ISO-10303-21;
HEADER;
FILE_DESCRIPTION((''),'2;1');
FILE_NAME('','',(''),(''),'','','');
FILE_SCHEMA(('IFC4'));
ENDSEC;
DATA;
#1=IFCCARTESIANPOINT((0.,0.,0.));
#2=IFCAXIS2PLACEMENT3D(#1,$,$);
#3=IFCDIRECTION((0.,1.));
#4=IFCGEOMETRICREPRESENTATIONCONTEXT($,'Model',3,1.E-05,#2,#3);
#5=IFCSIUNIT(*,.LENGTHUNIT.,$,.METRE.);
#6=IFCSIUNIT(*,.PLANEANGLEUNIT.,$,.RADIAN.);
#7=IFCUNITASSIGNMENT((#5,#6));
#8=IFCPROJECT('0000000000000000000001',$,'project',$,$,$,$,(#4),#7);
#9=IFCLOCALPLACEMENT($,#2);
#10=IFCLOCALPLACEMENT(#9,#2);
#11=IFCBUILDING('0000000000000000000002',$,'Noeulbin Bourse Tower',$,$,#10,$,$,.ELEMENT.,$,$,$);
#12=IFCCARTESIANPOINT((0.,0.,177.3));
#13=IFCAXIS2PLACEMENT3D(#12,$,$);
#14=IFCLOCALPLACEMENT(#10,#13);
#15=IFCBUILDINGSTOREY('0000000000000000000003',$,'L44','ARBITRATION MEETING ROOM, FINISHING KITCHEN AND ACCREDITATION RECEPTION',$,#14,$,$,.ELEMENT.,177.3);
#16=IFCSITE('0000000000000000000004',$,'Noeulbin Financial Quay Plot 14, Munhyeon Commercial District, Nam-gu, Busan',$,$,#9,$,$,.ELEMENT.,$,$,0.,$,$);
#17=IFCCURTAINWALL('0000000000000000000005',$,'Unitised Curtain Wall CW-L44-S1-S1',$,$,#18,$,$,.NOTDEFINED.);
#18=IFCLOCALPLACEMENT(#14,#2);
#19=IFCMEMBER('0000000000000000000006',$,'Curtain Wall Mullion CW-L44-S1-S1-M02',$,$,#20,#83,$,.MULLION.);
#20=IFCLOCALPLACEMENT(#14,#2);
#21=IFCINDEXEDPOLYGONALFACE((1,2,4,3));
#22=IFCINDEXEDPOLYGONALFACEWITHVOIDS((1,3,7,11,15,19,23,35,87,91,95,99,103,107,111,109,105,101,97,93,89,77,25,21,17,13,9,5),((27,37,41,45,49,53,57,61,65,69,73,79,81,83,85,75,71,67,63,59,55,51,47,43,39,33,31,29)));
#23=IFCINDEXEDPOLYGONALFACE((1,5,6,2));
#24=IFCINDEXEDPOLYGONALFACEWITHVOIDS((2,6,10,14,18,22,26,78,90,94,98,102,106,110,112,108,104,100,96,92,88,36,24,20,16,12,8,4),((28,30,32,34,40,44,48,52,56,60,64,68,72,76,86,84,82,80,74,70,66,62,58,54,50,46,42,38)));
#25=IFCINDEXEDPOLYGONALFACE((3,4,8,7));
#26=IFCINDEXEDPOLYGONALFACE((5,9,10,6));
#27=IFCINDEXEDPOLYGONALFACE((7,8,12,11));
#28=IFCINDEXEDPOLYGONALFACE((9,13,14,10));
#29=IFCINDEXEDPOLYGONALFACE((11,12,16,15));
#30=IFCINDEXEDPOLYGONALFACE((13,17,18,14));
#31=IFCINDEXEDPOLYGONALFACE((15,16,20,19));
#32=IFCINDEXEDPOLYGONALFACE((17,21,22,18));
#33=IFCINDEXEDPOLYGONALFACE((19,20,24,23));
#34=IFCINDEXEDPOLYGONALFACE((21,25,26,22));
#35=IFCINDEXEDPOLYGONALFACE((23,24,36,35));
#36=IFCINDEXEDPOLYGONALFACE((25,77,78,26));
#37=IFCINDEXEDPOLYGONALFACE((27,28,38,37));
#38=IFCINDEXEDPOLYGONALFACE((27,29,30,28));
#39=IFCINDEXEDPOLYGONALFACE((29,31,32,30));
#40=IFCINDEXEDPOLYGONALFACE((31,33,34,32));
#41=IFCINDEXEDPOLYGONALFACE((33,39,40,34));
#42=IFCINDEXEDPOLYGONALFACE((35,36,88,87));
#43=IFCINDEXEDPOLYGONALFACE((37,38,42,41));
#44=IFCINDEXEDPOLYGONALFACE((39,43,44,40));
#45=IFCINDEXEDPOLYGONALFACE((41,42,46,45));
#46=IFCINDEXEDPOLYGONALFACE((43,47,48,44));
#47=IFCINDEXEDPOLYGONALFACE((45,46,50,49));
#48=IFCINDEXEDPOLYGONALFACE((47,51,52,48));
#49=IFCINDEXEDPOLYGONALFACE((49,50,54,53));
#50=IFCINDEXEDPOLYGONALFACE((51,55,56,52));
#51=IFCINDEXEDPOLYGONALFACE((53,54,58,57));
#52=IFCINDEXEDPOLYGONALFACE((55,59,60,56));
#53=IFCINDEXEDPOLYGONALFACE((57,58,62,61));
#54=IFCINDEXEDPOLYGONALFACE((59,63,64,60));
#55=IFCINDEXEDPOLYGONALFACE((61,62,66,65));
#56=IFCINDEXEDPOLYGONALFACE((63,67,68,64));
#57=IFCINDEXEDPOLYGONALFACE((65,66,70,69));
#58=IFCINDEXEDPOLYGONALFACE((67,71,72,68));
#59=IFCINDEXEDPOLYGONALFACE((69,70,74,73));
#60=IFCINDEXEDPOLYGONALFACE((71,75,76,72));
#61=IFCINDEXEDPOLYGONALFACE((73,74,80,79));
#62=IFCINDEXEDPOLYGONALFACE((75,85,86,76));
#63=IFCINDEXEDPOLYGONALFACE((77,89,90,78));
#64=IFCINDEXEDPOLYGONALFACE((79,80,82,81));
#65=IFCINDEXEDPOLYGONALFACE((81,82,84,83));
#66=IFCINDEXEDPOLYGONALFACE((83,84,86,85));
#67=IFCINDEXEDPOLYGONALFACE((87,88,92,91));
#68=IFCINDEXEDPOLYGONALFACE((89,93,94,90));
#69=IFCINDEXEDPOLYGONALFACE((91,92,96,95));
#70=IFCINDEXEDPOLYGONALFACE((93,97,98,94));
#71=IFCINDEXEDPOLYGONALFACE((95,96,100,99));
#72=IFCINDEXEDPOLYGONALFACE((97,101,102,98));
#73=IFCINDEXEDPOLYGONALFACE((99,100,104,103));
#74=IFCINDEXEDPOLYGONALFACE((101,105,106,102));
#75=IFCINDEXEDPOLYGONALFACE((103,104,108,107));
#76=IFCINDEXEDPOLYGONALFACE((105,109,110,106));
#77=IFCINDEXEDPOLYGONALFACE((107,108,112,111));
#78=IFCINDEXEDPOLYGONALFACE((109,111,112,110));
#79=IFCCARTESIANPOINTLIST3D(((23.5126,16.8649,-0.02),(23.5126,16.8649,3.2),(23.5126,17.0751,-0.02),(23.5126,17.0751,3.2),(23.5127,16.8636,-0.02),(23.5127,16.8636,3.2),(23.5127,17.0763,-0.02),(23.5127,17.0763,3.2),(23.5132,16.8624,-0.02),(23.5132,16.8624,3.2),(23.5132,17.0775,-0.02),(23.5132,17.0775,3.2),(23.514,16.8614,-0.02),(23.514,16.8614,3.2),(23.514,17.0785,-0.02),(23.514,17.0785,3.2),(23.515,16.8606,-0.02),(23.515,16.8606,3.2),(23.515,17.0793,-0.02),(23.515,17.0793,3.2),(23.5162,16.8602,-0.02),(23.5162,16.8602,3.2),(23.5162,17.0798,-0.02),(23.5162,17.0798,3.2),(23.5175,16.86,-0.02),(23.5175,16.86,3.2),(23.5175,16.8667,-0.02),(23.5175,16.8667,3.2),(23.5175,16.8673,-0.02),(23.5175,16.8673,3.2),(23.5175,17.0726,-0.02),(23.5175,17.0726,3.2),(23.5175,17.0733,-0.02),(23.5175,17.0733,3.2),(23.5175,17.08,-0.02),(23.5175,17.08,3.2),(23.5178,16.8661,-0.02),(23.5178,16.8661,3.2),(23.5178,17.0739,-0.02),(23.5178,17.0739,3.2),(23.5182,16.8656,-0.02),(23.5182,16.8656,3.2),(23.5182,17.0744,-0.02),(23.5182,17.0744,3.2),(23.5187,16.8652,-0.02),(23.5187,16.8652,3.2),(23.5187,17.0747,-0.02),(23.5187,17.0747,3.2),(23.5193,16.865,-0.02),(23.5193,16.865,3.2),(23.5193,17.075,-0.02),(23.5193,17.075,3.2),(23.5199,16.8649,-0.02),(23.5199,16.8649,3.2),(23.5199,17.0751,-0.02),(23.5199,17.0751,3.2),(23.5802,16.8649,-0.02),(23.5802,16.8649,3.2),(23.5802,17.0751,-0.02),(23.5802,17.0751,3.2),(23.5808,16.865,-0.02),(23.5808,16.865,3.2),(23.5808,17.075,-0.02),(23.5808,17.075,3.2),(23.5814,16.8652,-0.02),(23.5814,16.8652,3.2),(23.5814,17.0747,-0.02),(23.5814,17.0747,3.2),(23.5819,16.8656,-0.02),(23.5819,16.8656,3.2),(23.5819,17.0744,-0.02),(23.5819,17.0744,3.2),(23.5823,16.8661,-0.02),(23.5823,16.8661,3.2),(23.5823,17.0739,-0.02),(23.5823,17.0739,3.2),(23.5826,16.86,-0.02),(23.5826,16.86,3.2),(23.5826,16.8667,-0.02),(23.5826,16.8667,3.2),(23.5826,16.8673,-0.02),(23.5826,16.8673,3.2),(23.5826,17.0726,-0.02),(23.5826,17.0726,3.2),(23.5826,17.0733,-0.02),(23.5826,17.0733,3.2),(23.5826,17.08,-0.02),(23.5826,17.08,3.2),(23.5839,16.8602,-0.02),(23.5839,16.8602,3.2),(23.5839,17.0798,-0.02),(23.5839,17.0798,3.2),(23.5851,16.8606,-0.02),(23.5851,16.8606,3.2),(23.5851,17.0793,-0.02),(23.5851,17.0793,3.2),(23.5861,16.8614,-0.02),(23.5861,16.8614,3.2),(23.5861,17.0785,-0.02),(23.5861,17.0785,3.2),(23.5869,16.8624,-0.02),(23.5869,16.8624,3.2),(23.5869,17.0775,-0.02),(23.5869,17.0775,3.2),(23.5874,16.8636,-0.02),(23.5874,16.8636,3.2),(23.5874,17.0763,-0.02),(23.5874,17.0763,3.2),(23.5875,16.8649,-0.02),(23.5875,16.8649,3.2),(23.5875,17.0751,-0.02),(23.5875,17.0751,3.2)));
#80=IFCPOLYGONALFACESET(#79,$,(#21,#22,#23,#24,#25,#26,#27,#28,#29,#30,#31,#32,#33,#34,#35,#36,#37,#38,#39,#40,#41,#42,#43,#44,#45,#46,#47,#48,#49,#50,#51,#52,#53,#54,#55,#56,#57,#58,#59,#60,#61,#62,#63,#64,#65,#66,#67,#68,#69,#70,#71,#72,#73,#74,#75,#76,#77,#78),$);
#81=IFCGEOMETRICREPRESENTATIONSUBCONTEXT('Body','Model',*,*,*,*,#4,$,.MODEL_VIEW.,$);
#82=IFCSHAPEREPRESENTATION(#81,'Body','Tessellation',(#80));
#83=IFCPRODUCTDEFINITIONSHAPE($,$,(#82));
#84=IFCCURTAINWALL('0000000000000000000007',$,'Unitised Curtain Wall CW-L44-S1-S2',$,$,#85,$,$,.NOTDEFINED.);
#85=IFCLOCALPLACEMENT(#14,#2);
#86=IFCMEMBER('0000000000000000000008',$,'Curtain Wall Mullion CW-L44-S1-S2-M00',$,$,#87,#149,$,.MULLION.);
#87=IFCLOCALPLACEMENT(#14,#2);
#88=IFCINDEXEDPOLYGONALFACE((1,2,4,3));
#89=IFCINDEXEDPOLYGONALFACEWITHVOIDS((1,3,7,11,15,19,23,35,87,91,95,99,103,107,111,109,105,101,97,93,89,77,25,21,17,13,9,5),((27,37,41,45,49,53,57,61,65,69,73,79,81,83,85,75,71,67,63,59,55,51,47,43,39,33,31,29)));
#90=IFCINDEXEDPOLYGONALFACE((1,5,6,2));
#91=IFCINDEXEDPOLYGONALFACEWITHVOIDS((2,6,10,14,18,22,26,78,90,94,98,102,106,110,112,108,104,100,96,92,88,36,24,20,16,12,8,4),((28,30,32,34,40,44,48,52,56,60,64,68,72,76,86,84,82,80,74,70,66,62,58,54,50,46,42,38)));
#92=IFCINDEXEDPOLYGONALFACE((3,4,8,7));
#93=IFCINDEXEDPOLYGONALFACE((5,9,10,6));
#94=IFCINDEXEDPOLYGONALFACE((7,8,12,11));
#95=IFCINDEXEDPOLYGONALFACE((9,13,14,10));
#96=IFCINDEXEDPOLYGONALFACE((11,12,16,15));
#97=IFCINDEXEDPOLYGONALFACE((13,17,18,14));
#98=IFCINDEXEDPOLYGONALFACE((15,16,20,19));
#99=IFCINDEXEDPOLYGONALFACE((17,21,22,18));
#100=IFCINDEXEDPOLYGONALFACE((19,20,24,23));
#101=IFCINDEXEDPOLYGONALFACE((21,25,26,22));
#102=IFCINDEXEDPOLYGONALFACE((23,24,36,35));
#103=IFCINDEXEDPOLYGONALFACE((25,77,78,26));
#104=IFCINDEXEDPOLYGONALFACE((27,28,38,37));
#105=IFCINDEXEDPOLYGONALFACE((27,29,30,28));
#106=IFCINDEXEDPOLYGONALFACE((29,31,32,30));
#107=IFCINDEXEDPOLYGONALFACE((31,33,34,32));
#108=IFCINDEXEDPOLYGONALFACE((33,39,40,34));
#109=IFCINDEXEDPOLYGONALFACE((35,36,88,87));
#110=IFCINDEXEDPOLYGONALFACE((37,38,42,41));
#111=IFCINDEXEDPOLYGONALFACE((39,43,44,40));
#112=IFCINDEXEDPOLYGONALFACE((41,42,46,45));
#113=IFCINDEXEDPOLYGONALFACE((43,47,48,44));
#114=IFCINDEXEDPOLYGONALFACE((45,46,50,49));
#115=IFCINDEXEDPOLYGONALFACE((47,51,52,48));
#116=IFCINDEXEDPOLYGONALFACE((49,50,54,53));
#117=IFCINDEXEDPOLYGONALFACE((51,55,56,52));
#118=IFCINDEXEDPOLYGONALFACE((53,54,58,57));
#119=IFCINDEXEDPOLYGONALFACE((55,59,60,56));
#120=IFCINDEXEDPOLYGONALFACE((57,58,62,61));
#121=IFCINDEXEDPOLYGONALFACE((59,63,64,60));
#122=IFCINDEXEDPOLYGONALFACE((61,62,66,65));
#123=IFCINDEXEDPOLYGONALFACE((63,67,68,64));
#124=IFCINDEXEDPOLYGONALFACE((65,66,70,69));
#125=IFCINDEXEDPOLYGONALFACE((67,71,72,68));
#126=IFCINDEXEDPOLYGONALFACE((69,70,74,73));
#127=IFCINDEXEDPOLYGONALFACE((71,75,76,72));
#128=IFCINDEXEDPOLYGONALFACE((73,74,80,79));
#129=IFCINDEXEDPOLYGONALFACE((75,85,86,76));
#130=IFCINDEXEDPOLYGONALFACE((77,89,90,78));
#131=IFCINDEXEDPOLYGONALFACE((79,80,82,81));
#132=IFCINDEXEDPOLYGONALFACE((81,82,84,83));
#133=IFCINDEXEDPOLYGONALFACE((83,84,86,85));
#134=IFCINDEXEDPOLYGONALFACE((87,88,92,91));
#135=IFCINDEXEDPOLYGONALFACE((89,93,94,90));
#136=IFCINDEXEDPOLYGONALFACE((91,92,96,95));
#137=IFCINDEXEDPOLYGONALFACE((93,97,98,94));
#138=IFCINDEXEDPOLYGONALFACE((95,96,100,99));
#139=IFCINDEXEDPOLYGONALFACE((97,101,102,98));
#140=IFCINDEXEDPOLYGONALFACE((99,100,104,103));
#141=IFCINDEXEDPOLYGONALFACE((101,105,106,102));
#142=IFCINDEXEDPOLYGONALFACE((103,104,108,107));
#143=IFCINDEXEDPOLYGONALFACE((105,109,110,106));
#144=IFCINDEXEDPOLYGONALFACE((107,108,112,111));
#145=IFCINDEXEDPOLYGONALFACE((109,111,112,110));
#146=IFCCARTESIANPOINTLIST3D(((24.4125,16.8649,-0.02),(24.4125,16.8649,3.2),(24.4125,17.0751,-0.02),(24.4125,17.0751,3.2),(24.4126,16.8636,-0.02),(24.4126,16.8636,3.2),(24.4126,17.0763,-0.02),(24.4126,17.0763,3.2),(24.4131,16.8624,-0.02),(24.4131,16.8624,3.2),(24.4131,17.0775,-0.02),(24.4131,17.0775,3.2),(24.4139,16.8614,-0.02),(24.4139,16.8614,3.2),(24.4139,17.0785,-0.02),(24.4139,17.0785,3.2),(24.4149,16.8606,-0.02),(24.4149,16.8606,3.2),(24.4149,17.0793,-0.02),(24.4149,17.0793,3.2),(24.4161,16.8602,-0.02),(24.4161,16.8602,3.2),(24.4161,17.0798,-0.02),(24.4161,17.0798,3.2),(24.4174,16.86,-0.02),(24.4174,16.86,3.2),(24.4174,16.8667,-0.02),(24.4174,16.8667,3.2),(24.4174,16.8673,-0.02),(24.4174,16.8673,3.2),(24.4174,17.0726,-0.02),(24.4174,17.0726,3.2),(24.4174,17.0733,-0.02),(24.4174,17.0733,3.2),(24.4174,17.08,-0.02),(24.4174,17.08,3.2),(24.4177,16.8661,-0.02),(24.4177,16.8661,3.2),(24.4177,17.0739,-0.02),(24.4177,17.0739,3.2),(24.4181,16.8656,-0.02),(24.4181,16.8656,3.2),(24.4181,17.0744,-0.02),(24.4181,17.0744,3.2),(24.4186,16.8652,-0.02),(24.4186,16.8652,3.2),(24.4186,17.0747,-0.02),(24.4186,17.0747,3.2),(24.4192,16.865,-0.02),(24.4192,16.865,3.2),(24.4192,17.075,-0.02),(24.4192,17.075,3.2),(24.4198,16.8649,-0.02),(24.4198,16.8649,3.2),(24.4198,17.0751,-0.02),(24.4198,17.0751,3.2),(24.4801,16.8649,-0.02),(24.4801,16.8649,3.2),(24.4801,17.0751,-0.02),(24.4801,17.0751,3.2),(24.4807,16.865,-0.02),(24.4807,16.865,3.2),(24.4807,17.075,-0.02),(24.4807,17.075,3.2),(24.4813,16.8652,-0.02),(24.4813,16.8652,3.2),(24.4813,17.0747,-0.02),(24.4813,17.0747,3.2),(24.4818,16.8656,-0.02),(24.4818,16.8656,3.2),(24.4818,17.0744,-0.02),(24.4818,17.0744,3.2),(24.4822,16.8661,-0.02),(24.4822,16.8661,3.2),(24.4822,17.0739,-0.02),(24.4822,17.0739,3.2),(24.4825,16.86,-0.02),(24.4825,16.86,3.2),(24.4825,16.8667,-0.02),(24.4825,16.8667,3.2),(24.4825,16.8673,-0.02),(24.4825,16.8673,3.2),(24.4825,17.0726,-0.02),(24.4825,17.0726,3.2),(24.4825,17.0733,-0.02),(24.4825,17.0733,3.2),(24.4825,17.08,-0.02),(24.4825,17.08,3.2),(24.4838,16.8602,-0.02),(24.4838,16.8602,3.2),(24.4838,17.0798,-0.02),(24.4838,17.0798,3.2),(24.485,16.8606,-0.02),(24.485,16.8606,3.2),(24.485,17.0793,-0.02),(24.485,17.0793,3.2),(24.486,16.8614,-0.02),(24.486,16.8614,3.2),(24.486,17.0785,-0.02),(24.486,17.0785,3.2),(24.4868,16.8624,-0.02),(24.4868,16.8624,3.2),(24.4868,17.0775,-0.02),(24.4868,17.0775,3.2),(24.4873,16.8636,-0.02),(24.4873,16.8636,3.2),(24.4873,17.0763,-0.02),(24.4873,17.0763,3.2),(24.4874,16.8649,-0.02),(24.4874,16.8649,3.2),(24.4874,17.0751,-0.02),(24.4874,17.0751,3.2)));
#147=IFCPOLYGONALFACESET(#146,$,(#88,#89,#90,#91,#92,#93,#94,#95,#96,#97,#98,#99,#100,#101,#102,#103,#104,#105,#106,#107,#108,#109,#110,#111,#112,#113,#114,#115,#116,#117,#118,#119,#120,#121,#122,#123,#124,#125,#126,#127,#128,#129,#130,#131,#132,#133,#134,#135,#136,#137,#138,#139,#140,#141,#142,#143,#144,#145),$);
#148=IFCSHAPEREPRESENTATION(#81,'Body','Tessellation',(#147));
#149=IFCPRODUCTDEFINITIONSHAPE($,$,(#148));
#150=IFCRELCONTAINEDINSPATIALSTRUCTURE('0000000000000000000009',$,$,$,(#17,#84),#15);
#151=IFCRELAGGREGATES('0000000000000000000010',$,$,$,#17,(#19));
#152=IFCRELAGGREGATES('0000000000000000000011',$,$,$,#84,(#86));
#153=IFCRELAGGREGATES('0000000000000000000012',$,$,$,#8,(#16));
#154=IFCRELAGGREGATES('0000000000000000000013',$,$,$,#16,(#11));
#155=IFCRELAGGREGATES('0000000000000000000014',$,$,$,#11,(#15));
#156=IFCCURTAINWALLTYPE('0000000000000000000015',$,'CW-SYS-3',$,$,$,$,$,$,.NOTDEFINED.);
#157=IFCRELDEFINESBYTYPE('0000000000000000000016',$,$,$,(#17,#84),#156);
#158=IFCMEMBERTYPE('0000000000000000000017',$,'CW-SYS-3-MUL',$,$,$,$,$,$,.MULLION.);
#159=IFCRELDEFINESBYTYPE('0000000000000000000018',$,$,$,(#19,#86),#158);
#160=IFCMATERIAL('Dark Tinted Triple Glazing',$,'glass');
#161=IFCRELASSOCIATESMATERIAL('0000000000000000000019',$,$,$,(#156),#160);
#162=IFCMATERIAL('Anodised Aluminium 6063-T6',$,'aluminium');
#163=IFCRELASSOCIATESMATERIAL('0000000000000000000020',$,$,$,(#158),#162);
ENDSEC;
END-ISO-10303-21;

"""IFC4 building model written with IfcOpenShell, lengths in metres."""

from ifc_helpers import new_model, si_unit, direction, frame, origin, origin_2d, place, context, subcontext, project, spatial, hollow_rectangle, extrude, material, material_profile, profile_set, type_object, element, aggregate, save


model = new_model("IFC4")

# Units and contexts
model_context = context("Model", 3, precision=1e-05, world=origin(), true_north=direction((0.0, 1.0)))
body_context = subcontext(model_context, "Body", "Model", "MODEL_VIEW")
ifc_project = project(units=[si_unit("LENGTHUNIT", "METRE"), si_unit("PLANEANGLEUNIT", "RADIAN")], contexts=[model_context])

# Site, building, storey
site_placement = place(None, origin())
site = spatial("IfcSite", under=ifc_project, at=site_placement, Name="Noeulbin Financial Quay Plot 14, Munhyeon Commercial District, Nam-gu, Busan", CompositionType="ELEMENT", RefElevation=0.0)
building_placement = place(site_placement, origin())
building = spatial("IfcBuilding", under=site, at=building_placement, Name="Noeulbin Bourse Tower", CompositionType="ELEMENT")
storey_placement = place(building_placement, frame((0.0, 0.0, 177.3)))
storey = spatial("IfcBuildingStorey", under=building, at=storey_placement, Name="L44", Description="ARBITRATION MEETING ROOM, FINISHING KITCHEN AND ACCREDITATION RECEPTION", CompositionType="ELEMENT", Elevation=177.3)

# Curtain wall, member
ifc_material_1 = material(Name="Dark Tinted Triple Glazing", Category="glass")
curtain_wall_type = type_object("IfcCurtainWallType", Name="CW-SYS-3", PredefinedType="NOTDEFINED", material=ifc_material_1)
curtain_wall_1_placement = place(storey_placement, origin())
curtain_wall_1 = element("IfcCurtainWall", 1, at=curtain_wall_1_placement, inside=storey, type_object=curtain_wall_type, Name="Unitised Curtain Wall CW-L44-S1-S1", PredefinedType="NOTDEFINED")
ifc_material_2 = material(Name="Anodised Aluminium 6063-T6", Category="aluminium")
ifc_material_profile_1 = material_profile(ifc_material_2, hollow_rectangle(XDim=0.075, YDim=0.22, WallThickness=0.0049, InnerFilletRadius=0.0024, OuterFilletRadius=0.0049, at=origin_2d()), Name="ALU-MULL-75x220x5", Category="LoadBearing")
ifc_profile_set_1 = profile_set([ifc_material_profile_1], Name="Anodised Aluminium 6063-T6")
member_type_1 = type_object("IfcMemberType", Name="CW-SYS-3-MUL", PredefinedType="MULLION", material=ifc_profile_set_1)
member_1_placement = place(storey_placement, frame((23.55, 16.97, -0.02), z_axis=(0.0, 0.0, 1.0), x_axis=(1.0, 0.0, 0.0)))
member_1 = element("IfcMember", 2, at=member_1_placement, type_object=member_type_1, Name="Curtain Wall Mullion CW-L44-S1-S1-M02", PredefinedType="MULLION", context=body_context, shape_type="SweptSolid", body=[
    extrude(hollow_rectangle(XDim=0.075, YDim=0.22, WallThickness=0.0049, InnerFilletRadius=0.0024, OuterFilletRadius=0.0049, at=origin_2d()), origin(), (0.0, 0.0, 1.0), 3.22),
])

# Curtain wall, member
curtain_wall_2_placement = place(storey_placement, origin())
curtain_wall_2 = element("IfcCurtainWall", 3, at=curtain_wall_2_placement, inside=storey, type_object=curtain_wall_type, Name="Unitised Curtain Wall CW-L44-S1-S2", PredefinedType="NOTDEFINED")
member_2_placement = place(storey_placement, frame((24.45, 16.97, -0.02), z_axis=(0.0, 0.0, 1.0), x_axis=(1.0, 0.0, 0.0)))
member_2 = element("IfcMember", 4, at=member_2_placement, type_object=member_type_1, Name="Curtain Wall Mullion CW-L44-S1-S2-M00", PredefinedType="MULLION", context=body_context, shape_type="SweptSolid", body=[
    extrude(hollow_rectangle(XDim=0.075, YDim=0.22, WallThickness=0.0049, InnerFilletRadius=0.0024, OuterFilletRadius=0.0049, at=origin_2d()), origin(), (0.0, 0.0, 1.0), 3.22),
])

aggregate(curtain_wall_1, [member_1])
aggregate(curtain_wall_2, [member_2])

save(model, "model.ifc")
